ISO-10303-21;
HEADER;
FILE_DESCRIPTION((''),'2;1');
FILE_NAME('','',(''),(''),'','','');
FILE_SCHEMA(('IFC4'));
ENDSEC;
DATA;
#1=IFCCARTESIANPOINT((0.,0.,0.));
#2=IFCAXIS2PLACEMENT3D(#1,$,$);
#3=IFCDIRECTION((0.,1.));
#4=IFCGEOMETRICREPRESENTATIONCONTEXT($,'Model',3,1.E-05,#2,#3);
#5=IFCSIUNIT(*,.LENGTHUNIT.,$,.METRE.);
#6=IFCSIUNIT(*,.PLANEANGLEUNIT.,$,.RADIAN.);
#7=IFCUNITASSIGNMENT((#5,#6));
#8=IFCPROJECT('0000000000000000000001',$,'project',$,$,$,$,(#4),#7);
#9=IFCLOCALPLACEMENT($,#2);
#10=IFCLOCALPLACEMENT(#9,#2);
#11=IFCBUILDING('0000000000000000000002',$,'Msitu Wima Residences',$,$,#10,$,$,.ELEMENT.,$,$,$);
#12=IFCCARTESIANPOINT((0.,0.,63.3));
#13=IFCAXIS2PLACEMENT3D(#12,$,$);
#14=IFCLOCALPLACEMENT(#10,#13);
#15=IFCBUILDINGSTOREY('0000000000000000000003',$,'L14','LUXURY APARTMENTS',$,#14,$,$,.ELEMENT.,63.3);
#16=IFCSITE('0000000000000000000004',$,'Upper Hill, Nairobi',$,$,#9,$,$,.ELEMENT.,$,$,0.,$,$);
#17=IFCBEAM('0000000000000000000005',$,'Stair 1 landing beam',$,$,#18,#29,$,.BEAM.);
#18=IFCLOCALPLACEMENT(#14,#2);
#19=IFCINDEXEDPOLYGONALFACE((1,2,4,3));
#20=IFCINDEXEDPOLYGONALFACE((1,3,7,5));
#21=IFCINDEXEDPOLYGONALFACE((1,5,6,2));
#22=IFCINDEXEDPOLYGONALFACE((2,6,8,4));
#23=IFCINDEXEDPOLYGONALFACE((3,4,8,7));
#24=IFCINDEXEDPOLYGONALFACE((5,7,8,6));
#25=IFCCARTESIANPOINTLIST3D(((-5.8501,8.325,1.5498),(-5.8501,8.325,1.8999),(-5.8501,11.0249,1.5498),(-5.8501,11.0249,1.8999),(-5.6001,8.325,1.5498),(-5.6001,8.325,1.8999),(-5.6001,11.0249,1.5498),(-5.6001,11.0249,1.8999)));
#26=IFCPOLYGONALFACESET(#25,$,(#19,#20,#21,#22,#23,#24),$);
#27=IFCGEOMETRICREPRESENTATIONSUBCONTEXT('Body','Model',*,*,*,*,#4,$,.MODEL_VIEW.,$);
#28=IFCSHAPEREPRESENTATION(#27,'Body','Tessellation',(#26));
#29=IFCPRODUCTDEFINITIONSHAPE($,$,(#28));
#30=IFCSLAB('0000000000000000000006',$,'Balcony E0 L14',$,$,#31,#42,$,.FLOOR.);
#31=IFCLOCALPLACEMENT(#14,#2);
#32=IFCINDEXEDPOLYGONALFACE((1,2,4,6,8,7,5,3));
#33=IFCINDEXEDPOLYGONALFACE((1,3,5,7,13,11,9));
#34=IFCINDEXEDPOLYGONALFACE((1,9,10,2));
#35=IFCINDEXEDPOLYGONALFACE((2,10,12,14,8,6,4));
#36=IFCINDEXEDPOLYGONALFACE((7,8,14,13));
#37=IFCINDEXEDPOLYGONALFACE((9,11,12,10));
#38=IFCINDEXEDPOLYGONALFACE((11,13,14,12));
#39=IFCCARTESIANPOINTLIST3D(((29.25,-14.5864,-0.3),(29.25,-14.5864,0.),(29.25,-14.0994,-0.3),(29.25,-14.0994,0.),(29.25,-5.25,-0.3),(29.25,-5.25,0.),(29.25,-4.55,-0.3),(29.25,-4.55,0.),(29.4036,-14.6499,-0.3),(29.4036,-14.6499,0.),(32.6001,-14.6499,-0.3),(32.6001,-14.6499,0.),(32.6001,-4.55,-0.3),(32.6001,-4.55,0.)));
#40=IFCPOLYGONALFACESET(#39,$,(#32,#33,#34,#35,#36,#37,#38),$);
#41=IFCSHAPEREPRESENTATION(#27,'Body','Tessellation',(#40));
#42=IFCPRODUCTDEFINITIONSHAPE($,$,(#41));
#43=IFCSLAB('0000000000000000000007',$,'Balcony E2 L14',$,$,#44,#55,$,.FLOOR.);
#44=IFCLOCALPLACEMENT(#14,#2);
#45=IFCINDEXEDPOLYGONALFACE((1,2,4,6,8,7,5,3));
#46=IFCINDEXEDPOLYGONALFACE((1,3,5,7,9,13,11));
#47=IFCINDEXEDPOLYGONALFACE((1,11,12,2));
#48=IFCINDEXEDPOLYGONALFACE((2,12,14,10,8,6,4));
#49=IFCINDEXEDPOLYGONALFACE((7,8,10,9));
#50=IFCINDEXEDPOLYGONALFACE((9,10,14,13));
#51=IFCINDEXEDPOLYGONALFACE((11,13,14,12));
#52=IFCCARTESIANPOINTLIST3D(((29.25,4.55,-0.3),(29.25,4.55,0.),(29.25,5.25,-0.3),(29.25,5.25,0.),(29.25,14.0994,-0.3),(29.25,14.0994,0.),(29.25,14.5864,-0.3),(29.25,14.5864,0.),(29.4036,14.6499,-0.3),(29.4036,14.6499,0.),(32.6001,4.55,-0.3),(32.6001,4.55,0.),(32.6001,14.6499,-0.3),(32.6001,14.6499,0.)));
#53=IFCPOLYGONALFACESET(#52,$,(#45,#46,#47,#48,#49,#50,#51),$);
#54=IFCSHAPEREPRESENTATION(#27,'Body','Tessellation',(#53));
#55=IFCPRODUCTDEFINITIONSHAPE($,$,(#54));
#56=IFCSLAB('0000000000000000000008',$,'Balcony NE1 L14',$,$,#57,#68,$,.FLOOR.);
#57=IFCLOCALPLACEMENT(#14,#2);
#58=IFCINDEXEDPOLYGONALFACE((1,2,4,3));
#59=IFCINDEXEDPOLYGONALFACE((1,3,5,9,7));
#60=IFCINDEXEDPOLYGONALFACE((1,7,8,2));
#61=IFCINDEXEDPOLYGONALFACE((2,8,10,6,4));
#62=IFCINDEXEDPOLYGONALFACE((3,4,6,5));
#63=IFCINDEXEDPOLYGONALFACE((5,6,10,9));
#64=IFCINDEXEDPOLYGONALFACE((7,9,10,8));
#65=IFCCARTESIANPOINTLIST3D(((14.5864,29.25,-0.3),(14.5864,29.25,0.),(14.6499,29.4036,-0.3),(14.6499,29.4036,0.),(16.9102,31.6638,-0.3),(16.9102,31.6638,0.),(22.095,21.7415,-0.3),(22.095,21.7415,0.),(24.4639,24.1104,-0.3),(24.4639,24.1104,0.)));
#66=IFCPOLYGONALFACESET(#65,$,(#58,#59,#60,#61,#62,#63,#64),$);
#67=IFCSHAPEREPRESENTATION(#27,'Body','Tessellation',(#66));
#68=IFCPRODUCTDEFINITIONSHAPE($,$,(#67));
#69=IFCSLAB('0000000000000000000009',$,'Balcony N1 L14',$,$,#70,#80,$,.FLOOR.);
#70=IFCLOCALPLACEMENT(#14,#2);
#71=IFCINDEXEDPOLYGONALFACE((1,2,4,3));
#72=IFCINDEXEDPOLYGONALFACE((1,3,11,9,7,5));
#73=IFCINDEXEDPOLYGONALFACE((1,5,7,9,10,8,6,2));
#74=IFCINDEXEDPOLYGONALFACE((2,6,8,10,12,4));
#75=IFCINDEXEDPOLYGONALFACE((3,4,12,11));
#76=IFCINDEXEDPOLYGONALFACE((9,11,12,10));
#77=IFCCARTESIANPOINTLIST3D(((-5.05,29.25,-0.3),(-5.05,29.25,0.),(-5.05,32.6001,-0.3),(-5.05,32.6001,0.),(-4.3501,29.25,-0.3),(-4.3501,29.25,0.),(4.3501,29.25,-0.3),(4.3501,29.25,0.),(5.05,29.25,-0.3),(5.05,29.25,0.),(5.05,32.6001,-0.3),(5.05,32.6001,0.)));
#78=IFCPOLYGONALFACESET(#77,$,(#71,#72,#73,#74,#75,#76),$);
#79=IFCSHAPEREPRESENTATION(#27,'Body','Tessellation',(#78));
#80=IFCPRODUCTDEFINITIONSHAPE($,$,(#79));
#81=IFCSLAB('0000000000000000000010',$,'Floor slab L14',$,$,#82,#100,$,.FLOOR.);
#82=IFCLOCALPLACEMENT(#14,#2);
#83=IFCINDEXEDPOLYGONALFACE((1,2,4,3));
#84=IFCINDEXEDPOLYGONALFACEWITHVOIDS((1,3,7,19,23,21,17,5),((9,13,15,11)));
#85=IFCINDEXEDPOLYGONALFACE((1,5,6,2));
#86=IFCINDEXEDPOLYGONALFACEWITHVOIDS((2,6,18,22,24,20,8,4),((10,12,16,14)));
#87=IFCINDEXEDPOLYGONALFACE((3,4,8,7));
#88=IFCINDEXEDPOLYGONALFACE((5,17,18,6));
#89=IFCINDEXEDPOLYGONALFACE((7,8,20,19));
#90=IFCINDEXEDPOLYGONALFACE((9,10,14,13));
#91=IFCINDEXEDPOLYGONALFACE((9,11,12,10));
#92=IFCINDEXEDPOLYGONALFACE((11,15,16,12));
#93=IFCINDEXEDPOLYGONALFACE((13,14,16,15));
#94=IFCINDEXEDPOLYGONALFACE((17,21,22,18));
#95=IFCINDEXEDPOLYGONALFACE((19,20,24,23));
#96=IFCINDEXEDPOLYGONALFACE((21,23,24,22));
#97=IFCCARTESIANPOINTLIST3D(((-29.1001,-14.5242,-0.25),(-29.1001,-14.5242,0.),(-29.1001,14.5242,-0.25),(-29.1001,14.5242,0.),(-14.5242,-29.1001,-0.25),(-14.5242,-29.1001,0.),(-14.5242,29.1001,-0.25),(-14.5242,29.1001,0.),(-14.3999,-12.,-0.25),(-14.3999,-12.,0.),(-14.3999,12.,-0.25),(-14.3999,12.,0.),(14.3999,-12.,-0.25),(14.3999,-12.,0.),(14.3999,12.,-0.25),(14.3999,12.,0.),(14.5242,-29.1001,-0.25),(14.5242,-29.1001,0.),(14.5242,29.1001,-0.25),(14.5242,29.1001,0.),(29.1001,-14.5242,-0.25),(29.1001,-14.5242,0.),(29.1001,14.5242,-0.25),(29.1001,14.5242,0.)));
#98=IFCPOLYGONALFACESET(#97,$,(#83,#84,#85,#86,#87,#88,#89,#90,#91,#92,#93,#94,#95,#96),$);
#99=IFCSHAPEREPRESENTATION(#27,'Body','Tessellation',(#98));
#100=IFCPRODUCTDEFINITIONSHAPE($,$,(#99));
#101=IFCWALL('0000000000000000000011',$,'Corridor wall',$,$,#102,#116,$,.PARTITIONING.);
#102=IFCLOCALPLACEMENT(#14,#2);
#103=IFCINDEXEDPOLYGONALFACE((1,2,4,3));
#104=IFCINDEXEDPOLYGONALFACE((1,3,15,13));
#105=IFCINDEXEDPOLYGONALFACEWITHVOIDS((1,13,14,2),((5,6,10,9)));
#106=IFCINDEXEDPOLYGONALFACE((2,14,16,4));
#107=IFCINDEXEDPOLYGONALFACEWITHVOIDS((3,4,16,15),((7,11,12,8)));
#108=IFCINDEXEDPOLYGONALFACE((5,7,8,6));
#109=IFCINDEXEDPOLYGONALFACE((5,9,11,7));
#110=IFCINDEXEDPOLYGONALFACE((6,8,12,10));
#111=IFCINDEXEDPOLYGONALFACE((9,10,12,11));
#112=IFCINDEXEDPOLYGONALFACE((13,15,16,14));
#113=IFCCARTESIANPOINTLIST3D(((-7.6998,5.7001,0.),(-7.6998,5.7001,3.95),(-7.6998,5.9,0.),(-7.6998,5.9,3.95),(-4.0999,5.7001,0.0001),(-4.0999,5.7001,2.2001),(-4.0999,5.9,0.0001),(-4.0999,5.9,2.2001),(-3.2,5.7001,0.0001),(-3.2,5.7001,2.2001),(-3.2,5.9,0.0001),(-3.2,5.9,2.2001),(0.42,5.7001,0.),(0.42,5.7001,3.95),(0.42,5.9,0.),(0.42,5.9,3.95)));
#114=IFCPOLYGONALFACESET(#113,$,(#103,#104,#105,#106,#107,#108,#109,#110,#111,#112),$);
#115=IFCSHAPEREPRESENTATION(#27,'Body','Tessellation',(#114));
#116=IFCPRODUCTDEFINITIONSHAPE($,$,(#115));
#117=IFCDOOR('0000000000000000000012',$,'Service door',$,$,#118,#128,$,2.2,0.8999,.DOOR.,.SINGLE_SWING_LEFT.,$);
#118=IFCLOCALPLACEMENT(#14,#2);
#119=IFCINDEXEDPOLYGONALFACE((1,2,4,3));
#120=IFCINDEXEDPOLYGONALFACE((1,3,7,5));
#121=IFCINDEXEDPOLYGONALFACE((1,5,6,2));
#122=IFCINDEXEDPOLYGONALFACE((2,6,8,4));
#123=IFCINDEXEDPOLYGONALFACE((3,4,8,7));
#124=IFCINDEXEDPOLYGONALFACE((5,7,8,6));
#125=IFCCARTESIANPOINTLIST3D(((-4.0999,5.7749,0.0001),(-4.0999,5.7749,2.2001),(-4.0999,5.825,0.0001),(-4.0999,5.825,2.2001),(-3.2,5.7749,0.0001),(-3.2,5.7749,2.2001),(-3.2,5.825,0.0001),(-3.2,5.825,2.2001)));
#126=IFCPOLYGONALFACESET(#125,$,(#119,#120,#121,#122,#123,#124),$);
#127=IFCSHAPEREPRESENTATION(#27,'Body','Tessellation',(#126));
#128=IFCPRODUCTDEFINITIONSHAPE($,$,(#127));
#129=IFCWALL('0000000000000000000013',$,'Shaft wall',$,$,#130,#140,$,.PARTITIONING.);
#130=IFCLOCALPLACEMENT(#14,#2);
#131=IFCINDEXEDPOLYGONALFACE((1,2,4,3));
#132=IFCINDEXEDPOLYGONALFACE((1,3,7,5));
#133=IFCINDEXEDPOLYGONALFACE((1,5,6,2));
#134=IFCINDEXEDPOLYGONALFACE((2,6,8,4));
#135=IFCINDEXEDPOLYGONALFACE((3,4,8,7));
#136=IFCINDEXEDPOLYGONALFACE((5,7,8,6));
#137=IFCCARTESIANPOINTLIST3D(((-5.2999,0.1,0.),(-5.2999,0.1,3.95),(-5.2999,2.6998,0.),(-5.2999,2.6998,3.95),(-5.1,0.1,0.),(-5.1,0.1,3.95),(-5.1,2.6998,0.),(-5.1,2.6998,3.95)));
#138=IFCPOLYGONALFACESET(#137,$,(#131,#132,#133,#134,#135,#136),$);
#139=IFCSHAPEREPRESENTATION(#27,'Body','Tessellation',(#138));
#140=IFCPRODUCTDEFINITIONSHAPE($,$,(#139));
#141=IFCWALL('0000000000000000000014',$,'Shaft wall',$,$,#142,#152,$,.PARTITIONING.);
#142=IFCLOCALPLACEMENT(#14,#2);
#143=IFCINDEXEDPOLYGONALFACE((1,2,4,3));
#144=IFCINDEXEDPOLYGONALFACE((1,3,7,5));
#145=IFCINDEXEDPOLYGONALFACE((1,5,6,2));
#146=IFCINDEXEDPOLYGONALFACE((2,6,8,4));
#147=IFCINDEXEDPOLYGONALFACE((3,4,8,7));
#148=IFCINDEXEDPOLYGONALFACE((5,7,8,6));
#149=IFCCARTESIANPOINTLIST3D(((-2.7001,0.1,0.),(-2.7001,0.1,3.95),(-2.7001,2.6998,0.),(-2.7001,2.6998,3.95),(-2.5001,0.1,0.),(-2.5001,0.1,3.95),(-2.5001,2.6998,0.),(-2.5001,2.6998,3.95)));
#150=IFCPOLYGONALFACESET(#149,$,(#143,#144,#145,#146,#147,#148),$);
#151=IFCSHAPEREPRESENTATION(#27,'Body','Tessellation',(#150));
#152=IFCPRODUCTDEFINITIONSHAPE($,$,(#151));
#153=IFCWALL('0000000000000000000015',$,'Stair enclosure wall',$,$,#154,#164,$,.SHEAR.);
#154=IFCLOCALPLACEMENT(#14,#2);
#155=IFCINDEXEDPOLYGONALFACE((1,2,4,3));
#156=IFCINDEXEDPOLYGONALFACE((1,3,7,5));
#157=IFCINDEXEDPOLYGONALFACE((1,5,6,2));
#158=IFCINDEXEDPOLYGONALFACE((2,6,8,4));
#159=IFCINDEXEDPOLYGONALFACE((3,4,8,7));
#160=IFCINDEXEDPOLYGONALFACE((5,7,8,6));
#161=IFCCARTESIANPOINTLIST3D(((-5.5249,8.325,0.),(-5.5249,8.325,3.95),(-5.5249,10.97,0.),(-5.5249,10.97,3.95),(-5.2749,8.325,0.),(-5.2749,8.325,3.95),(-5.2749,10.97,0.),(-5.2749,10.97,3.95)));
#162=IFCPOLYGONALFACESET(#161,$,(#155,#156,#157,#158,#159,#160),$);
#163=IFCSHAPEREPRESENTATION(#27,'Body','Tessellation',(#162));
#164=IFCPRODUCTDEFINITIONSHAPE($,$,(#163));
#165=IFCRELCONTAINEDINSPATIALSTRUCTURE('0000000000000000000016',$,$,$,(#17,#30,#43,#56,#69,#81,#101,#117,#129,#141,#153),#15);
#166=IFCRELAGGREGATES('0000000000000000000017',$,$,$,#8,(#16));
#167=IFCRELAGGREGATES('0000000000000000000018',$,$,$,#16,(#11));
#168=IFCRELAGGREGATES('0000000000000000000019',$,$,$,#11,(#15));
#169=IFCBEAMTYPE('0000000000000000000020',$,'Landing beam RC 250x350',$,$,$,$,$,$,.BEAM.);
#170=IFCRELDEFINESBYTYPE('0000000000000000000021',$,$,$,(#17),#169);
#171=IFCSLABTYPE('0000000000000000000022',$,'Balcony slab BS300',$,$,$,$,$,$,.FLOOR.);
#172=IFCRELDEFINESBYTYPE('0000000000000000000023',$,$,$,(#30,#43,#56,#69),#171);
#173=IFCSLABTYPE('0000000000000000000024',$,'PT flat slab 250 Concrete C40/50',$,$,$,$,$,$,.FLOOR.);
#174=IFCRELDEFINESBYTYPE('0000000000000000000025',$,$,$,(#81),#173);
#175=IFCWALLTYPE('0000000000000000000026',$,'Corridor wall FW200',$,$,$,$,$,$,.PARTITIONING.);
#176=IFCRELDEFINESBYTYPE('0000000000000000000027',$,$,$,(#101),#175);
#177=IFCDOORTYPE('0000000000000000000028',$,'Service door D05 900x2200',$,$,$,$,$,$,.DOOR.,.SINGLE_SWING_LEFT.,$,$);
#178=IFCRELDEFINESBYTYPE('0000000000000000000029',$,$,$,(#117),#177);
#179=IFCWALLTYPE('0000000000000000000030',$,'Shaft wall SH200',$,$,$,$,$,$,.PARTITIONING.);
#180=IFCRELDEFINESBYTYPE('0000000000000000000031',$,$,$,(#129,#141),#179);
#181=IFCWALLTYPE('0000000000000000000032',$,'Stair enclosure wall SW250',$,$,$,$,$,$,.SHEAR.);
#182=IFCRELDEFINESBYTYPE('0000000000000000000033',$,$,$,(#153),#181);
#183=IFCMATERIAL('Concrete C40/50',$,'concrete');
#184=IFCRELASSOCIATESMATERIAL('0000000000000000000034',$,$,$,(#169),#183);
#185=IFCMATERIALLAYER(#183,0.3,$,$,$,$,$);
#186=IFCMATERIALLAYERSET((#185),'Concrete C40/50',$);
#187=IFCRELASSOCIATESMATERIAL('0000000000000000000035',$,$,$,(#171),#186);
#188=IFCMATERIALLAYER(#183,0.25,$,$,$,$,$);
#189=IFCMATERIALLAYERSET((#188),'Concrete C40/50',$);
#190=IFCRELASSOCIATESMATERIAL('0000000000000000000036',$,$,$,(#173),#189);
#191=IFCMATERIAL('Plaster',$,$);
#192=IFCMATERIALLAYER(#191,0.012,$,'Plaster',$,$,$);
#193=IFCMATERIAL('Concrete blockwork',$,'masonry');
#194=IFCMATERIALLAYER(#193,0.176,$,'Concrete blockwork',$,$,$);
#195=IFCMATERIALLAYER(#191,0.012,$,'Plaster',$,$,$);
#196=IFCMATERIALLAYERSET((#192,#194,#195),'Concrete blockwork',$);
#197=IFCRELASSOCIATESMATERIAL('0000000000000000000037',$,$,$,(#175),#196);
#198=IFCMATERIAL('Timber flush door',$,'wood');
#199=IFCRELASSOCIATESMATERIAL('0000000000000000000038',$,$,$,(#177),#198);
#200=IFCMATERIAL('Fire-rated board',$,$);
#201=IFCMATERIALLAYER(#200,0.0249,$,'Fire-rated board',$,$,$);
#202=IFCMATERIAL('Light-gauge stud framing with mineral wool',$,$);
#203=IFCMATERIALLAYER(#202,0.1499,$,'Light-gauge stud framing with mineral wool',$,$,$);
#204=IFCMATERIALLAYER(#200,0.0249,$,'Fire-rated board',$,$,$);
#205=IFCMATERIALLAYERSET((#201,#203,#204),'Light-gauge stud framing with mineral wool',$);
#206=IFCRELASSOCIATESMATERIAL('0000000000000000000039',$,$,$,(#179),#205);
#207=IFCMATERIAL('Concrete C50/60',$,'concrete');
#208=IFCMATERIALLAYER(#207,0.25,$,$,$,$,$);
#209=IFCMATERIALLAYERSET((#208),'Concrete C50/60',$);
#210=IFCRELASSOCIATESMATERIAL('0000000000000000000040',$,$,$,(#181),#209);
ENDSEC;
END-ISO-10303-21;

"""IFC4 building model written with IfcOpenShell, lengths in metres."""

from ifc_helpers import new_model, si_unit, direction, frame, frame_2d, origin, origin_2d, place, context, subcontext, project, spatial, polyline, rectangle, outline, extrude, material, layer, layer_set, material_profile, profile_set, type_object, element, fill, save


model = new_model("IFC4")

# Units and contexts
model_context = context("Model", 3, precision=1e-05, world=origin(), true_north=direction((0.0, 1.0)))
body_context = subcontext(model_context, "Body", "Model", "MODEL_VIEW")
ifc_project = project(units=[si_unit("LENGTHUNIT", "METRE"), si_unit("PLANEANGLEUNIT", "RADIAN")], contexts=[model_context])

# Site, building, storey
site_placement = place(None, origin())
site = spatial("IfcSite", under=ifc_project, at=site_placement, Name="Upper Hill, Nairobi", CompositionType="ELEMENT", RefElevation=0.0)
building_placement = place(site_placement, origin())
building = spatial("IfcBuilding", under=site, at=building_placement, Name="Msitu Wima Residences", CompositionType="ELEMENT")
storey_placement = place(building_placement, frame((0.0, 0.0, 63.3)))
storey = spatial("IfcBuildingStorey", under=building, at=storey_placement, Name="L14", Description="LUXURY APARTMENTS", CompositionType="ELEMENT", Elevation=63.3)

# Beam
ifc_material_1 = material(Name="Concrete C40/50", Category="concrete")
ifc_material_profile = material_profile(ifc_material_1, rectangle(XDim=0.25, YDim=0.3501, at=origin_2d()), Name="RC 250x350")
ifc_profile_set = profile_set([ifc_material_profile], Name="Concrete C40/50")
beam_type = type_object("IfcBeamType", Name="Landing beam RC 250x350", PredefinedType="BEAM", material=ifc_profile_set)
beam_placement = place(storey_placement, frame((-5.7251, 8.325, 1.7249), z_axis=(0.0, 1.0, 0.0), x_axis=(-1.0, 0.0, 0.0)))
element("IfcBeam", 1, at=beam_placement, inside=storey, type_object=beam_type, Name="Stair 1 landing beam", PredefinedType="BEAM", context=body_context, shape_type="SweptSolid", body=[
    extrude(rectangle(XDim=0.25, YDim=0.3501, at=origin_2d()), origin(), (0.0, 0.0, 1.0), 2.7),
])

# Slabs
ifc_layer_1 = layer(ifc_material_1, 0.3)
ifc_layer_set_1 = layer_set([ifc_layer_1], Name="Concrete C40/50")
slab_type_1 = type_object("IfcSlabType", Name="Balcony slab BS300", PredefinedType="FLOOR", material=ifc_layer_set_1)
slab_1_placement = place(storey_placement, frame((0.0, 0.0, -0.3)))
element("IfcSlab", 2, at=slab_1_placement, inside=storey, type_object=slab_type_1, Name="Balcony E0 L14", PredefinedType="FLOOR", context=body_context, shape_type="SweptSolid", body=[
    extrude(outline(polyline([(29.25, -14.0994), (29.25, -14.0994), (29.25, -5.25), (29.25, -4.55), (32.6001, -4.55), (32.6001, -14.6499), (29.4036, -14.6499), (29.25, -14.5864), (29.25, -14.0994), (29.25, -14.0994)])), origin(), (0.0, 0.0, 1.0), 0.3),
])
slab_2_placement = place(storey_placement, frame((0.0, 0.0, -0.3)))
element("IfcSlab", 3, at=slab_2_placement, inside=storey, type_object=slab_type_1, Name="Balcony E2 L14", PredefinedType="FLOOR", context=body_context, shape_type="SweptSolid", body=[
    extrude(outline(polyline([(29.25, 14.0994), (29.25, 14.0994), (29.25, 14.0994), (29.25, 14.5864), (29.4036, 14.6499), (32.6001, 14.6499), (32.6001, 4.55), (29.25, 4.55), (29.25, 5.25), (29.25, 14.0994)])), origin(), (0.0, 0.0, 1.0), 0.3),
])
slab_3_placement = place(storey_placement, frame((0.0, 0.0, -0.3)))
element("IfcSlab", 4, at=slab_3_placement, inside=storey, type_object=slab_type_1, Name="Balcony NE1 L14", PredefinedType="FLOOR", context=body_context, shape_type="SweptSolid", body=[
    extrude(outline(polyline([(16.9102, 31.6638), (24.4639, 24.1104), (22.095, 21.7415), (14.5864, 29.25), (14.6499, 29.4036), (16.9102, 31.6638)])), origin(), (0.0, 0.0, 1.0), 0.3),
])
slab_4_placement = place(storey_placement, frame((0.0, 0.0, -0.3)))
element("IfcSlab", 5, at=slab_4_placement, inside=storey, type_object=slab_type_1, Name="Balcony N1 L14", PredefinedType="FLOOR", context=body_context, shape_type="SweptSolid", body=[
    extrude(outline(polyline([(4.3501, 29.25), (-4.3501, 29.25), (-5.05, 29.25), (-5.05, 32.6001), (5.05, 32.6001), (5.05, 29.25), (4.3501, 29.25)])), origin(), (0.0, 0.0, 1.0), 0.3),
])
ifc_layer_2 = layer(ifc_material_1, 0.25)
ifc_layer_set_2 = layer_set([ifc_layer_2], Name="Concrete C40/50")
slab_type_2 = type_object("IfcSlabType", Name="PT flat slab 250 Concrete C40/50", PredefinedType="FLOOR", material=ifc_layer_set_2)
slab_5_placement = place(storey_placement, frame((0.0, 0.0, -0.25)))
element("IfcSlab", 6, at=slab_5_placement, inside=storey, type_object=slab_type_2, Name="Floor slab L14", PredefinedType="FLOOR", context=body_context, shape_type="SweptSolid", body=[
    extrude(outline(polyline([(29.1001, -14.5242), (14.5242, -29.1001), (-14.5242, -29.1001), (-29.1001, -14.5242), (-29.1001, 14.5242), (-14.5242, 29.1001), (14.5242, 29.1001), (29.1001, 14.5242), (29.1001, -14.5242)]), holes=[polyline([(-14.3999, -12.0), (14.3999, -12.0), (14.3999, 12.0), (-14.3999, 12.0), (-14.3999, -12.0)])]), origin(), (0.0, 0.0, 1.0), 0.25),
])

# Wall, opening, door
ifc_material_2 = material(Name="Plaster")
ifc_layer_3 = layer(ifc_material_2, 0.012, Name="Plaster")
ifc_material_3 = material(Name="Concrete blockwork", Category="masonry")
ifc_layer_4 = layer(ifc_material_3, 0.176, Name="Concrete blockwork")
ifc_layer_5 = layer(ifc_material_2, 0.012, Name="Plaster")
ifc_layer_set_3 = layer_set([ifc_layer_3, ifc_layer_4, ifc_layer_5], Name="Concrete blockwork")
wall_type_1 = type_object("IfcWallType", Name="Corridor wall FW200", PredefinedType="PARTITIONING", material=ifc_layer_set_3)
wall_1_placement = place(storey_placement, frame((-7.7, 5.8, 0.0), z_axis=(0.0, 0.0, 1.0), x_axis=(1.0, 0.0, 0.0)))
wall_1 = element("IfcWall", 7, at=wall_1_placement, inside=storey, type_object=wall_type_1, Name="Corridor wall", PredefinedType="PARTITIONING", context=body_context, shape_type="SweptSolid", body=[
    extrude(rectangle(XDim=8.1199, YDim=0.2, at=frame_2d((4.0601, 0.0))), origin(), (0.0, 0.0, 1.0), 3.95),
])
opening_1_placement = place(wall_1_placement, frame((3.6001, 0.0, 0.0)))
opening_1 = element("IfcOpeningElement", 8, at=opening_1_placement, cuts=wall_1, PredefinedType="OPENING", context=body_context, shape_type="SweptSolid", body=[
    extrude(rectangle(XDim=0.8999, YDim=2.2, at=frame_2d((0.45, 1.1001))), frame((0.0, 0.1099, 0.0), z_axis=(0.0, -1.0, 0.0), x_axis=(1.0, 0.0, 0.0)), (0.0, 0.0, 1.0), 0.22),
])
ifc_material_4 = material(Name="Timber flush door", Category="wood")
door_type_1 = type_object("IfcDoorType", Name="Service door D05 900x2200", OperationType="SINGLE_SWING_LEFT", PredefinedType="DOOR", material=ifc_material_4)
door_1_placement = place(opening_1_placement, origin())
door_1 = element("IfcDoor", 9, at=door_1_placement, inside=storey, type_object=door_type_1, Name="Service door", OperationType="SINGLE_SWING_LEFT", OverallHeight=2.2, OverallWidth=0.8999, PredefinedType="DOOR", context=body_context, shape_type="SweptSolid", body=[
    extrude(rectangle(XDim=0.8999, YDim=2.2, at=frame_2d((0.45, 1.1001))), frame((0.0, 0.0249, 0.0), z_axis=(0.0, -1.0, 0.0), x_axis=(1.0, 0.0, 0.0)), (0.0, 0.0, 1.0), 0.05),
])
fill(opening_1, door_1)

# Walls
ifc_material_5 = material(Name="Fire-rated board")
ifc_layer_6 = layer(ifc_material_5, 0.0249, Name="Fire-rated board")
ifc_material_6 = material(Name="Light-gauge stud framing with mineral wool")
ifc_layer_7 = layer(ifc_material_6, 0.1499, Name="Light-gauge stud framing with mineral wool")
ifc_layer_8 = layer(ifc_material_5, 0.0249, Name="Fire-rated board")
ifc_layer_set_4 = layer_set([ifc_layer_6, ifc_layer_7, ifc_layer_8], Name="Light-gauge stud framing with mineral wool")
wall_type_2 = type_object("IfcWallType", Name="Shaft wall SH200", PredefinedType="PARTITIONING", material=ifc_layer_set_4)
for number, where, z_axis, x_axis, name in (
    (10, (-5.2, 0.1001, 0.0), (0.0, 0.0, 1.0), (0.0, 1.0, 0.0), "Shaft wall"),
    (11, (-2.6001, 0.1001, 0.0), (0.0, 0.0, 1.0), (0.0, 1.0, 0.0), "Shaft wall"),
):
    element("IfcWall", number, at=place(storey_placement, frame(where, z_axis=z_axis, x_axis=x_axis)), inside=storey, type_object=wall_type_2, Name=name, PredefinedType="PARTITIONING", context=body_context, shape_type="SweptSolid", body=[
        extrude(rectangle(XDim=2.5999, YDim=0.2, at=frame_2d((1.2998, 0.0))), origin(), (0.0, 0.0, 1.0), 3.95),
    ])
ifc_material_7 = material(Name="Concrete C50/60", Category="concrete")
ifc_layer_9 = layer(ifc_material_7, 0.25)
ifc_layer_set_5 = layer_set([ifc_layer_9], Name="Concrete C50/60")
wall_type_3 = type_object("IfcWallType", Name="Stair enclosure wall SW250", PredefinedType="SHEAR", material=ifc_layer_set_5)
wall_2_placement = place(storey_placement, frame((-5.3999, 8.325, 0.0), z_axis=(0.0, 0.0, 1.0), x_axis=(0.0, 1.0, 0.0)))
element("IfcWall", 12, at=wall_2_placement, inside=storey, type_object=wall_type_3, Name="Stair enclosure wall", PredefinedType="SHEAR", context=body_context, shape_type="SweptSolid", body=[
    extrude(rectangle(XDim=2.645, YDim=0.25, at=frame_2d((1.3225, 0.0))), origin(), (0.0, 0.0, 1.0), 3.95),
])

save(model, "model.ifc")
